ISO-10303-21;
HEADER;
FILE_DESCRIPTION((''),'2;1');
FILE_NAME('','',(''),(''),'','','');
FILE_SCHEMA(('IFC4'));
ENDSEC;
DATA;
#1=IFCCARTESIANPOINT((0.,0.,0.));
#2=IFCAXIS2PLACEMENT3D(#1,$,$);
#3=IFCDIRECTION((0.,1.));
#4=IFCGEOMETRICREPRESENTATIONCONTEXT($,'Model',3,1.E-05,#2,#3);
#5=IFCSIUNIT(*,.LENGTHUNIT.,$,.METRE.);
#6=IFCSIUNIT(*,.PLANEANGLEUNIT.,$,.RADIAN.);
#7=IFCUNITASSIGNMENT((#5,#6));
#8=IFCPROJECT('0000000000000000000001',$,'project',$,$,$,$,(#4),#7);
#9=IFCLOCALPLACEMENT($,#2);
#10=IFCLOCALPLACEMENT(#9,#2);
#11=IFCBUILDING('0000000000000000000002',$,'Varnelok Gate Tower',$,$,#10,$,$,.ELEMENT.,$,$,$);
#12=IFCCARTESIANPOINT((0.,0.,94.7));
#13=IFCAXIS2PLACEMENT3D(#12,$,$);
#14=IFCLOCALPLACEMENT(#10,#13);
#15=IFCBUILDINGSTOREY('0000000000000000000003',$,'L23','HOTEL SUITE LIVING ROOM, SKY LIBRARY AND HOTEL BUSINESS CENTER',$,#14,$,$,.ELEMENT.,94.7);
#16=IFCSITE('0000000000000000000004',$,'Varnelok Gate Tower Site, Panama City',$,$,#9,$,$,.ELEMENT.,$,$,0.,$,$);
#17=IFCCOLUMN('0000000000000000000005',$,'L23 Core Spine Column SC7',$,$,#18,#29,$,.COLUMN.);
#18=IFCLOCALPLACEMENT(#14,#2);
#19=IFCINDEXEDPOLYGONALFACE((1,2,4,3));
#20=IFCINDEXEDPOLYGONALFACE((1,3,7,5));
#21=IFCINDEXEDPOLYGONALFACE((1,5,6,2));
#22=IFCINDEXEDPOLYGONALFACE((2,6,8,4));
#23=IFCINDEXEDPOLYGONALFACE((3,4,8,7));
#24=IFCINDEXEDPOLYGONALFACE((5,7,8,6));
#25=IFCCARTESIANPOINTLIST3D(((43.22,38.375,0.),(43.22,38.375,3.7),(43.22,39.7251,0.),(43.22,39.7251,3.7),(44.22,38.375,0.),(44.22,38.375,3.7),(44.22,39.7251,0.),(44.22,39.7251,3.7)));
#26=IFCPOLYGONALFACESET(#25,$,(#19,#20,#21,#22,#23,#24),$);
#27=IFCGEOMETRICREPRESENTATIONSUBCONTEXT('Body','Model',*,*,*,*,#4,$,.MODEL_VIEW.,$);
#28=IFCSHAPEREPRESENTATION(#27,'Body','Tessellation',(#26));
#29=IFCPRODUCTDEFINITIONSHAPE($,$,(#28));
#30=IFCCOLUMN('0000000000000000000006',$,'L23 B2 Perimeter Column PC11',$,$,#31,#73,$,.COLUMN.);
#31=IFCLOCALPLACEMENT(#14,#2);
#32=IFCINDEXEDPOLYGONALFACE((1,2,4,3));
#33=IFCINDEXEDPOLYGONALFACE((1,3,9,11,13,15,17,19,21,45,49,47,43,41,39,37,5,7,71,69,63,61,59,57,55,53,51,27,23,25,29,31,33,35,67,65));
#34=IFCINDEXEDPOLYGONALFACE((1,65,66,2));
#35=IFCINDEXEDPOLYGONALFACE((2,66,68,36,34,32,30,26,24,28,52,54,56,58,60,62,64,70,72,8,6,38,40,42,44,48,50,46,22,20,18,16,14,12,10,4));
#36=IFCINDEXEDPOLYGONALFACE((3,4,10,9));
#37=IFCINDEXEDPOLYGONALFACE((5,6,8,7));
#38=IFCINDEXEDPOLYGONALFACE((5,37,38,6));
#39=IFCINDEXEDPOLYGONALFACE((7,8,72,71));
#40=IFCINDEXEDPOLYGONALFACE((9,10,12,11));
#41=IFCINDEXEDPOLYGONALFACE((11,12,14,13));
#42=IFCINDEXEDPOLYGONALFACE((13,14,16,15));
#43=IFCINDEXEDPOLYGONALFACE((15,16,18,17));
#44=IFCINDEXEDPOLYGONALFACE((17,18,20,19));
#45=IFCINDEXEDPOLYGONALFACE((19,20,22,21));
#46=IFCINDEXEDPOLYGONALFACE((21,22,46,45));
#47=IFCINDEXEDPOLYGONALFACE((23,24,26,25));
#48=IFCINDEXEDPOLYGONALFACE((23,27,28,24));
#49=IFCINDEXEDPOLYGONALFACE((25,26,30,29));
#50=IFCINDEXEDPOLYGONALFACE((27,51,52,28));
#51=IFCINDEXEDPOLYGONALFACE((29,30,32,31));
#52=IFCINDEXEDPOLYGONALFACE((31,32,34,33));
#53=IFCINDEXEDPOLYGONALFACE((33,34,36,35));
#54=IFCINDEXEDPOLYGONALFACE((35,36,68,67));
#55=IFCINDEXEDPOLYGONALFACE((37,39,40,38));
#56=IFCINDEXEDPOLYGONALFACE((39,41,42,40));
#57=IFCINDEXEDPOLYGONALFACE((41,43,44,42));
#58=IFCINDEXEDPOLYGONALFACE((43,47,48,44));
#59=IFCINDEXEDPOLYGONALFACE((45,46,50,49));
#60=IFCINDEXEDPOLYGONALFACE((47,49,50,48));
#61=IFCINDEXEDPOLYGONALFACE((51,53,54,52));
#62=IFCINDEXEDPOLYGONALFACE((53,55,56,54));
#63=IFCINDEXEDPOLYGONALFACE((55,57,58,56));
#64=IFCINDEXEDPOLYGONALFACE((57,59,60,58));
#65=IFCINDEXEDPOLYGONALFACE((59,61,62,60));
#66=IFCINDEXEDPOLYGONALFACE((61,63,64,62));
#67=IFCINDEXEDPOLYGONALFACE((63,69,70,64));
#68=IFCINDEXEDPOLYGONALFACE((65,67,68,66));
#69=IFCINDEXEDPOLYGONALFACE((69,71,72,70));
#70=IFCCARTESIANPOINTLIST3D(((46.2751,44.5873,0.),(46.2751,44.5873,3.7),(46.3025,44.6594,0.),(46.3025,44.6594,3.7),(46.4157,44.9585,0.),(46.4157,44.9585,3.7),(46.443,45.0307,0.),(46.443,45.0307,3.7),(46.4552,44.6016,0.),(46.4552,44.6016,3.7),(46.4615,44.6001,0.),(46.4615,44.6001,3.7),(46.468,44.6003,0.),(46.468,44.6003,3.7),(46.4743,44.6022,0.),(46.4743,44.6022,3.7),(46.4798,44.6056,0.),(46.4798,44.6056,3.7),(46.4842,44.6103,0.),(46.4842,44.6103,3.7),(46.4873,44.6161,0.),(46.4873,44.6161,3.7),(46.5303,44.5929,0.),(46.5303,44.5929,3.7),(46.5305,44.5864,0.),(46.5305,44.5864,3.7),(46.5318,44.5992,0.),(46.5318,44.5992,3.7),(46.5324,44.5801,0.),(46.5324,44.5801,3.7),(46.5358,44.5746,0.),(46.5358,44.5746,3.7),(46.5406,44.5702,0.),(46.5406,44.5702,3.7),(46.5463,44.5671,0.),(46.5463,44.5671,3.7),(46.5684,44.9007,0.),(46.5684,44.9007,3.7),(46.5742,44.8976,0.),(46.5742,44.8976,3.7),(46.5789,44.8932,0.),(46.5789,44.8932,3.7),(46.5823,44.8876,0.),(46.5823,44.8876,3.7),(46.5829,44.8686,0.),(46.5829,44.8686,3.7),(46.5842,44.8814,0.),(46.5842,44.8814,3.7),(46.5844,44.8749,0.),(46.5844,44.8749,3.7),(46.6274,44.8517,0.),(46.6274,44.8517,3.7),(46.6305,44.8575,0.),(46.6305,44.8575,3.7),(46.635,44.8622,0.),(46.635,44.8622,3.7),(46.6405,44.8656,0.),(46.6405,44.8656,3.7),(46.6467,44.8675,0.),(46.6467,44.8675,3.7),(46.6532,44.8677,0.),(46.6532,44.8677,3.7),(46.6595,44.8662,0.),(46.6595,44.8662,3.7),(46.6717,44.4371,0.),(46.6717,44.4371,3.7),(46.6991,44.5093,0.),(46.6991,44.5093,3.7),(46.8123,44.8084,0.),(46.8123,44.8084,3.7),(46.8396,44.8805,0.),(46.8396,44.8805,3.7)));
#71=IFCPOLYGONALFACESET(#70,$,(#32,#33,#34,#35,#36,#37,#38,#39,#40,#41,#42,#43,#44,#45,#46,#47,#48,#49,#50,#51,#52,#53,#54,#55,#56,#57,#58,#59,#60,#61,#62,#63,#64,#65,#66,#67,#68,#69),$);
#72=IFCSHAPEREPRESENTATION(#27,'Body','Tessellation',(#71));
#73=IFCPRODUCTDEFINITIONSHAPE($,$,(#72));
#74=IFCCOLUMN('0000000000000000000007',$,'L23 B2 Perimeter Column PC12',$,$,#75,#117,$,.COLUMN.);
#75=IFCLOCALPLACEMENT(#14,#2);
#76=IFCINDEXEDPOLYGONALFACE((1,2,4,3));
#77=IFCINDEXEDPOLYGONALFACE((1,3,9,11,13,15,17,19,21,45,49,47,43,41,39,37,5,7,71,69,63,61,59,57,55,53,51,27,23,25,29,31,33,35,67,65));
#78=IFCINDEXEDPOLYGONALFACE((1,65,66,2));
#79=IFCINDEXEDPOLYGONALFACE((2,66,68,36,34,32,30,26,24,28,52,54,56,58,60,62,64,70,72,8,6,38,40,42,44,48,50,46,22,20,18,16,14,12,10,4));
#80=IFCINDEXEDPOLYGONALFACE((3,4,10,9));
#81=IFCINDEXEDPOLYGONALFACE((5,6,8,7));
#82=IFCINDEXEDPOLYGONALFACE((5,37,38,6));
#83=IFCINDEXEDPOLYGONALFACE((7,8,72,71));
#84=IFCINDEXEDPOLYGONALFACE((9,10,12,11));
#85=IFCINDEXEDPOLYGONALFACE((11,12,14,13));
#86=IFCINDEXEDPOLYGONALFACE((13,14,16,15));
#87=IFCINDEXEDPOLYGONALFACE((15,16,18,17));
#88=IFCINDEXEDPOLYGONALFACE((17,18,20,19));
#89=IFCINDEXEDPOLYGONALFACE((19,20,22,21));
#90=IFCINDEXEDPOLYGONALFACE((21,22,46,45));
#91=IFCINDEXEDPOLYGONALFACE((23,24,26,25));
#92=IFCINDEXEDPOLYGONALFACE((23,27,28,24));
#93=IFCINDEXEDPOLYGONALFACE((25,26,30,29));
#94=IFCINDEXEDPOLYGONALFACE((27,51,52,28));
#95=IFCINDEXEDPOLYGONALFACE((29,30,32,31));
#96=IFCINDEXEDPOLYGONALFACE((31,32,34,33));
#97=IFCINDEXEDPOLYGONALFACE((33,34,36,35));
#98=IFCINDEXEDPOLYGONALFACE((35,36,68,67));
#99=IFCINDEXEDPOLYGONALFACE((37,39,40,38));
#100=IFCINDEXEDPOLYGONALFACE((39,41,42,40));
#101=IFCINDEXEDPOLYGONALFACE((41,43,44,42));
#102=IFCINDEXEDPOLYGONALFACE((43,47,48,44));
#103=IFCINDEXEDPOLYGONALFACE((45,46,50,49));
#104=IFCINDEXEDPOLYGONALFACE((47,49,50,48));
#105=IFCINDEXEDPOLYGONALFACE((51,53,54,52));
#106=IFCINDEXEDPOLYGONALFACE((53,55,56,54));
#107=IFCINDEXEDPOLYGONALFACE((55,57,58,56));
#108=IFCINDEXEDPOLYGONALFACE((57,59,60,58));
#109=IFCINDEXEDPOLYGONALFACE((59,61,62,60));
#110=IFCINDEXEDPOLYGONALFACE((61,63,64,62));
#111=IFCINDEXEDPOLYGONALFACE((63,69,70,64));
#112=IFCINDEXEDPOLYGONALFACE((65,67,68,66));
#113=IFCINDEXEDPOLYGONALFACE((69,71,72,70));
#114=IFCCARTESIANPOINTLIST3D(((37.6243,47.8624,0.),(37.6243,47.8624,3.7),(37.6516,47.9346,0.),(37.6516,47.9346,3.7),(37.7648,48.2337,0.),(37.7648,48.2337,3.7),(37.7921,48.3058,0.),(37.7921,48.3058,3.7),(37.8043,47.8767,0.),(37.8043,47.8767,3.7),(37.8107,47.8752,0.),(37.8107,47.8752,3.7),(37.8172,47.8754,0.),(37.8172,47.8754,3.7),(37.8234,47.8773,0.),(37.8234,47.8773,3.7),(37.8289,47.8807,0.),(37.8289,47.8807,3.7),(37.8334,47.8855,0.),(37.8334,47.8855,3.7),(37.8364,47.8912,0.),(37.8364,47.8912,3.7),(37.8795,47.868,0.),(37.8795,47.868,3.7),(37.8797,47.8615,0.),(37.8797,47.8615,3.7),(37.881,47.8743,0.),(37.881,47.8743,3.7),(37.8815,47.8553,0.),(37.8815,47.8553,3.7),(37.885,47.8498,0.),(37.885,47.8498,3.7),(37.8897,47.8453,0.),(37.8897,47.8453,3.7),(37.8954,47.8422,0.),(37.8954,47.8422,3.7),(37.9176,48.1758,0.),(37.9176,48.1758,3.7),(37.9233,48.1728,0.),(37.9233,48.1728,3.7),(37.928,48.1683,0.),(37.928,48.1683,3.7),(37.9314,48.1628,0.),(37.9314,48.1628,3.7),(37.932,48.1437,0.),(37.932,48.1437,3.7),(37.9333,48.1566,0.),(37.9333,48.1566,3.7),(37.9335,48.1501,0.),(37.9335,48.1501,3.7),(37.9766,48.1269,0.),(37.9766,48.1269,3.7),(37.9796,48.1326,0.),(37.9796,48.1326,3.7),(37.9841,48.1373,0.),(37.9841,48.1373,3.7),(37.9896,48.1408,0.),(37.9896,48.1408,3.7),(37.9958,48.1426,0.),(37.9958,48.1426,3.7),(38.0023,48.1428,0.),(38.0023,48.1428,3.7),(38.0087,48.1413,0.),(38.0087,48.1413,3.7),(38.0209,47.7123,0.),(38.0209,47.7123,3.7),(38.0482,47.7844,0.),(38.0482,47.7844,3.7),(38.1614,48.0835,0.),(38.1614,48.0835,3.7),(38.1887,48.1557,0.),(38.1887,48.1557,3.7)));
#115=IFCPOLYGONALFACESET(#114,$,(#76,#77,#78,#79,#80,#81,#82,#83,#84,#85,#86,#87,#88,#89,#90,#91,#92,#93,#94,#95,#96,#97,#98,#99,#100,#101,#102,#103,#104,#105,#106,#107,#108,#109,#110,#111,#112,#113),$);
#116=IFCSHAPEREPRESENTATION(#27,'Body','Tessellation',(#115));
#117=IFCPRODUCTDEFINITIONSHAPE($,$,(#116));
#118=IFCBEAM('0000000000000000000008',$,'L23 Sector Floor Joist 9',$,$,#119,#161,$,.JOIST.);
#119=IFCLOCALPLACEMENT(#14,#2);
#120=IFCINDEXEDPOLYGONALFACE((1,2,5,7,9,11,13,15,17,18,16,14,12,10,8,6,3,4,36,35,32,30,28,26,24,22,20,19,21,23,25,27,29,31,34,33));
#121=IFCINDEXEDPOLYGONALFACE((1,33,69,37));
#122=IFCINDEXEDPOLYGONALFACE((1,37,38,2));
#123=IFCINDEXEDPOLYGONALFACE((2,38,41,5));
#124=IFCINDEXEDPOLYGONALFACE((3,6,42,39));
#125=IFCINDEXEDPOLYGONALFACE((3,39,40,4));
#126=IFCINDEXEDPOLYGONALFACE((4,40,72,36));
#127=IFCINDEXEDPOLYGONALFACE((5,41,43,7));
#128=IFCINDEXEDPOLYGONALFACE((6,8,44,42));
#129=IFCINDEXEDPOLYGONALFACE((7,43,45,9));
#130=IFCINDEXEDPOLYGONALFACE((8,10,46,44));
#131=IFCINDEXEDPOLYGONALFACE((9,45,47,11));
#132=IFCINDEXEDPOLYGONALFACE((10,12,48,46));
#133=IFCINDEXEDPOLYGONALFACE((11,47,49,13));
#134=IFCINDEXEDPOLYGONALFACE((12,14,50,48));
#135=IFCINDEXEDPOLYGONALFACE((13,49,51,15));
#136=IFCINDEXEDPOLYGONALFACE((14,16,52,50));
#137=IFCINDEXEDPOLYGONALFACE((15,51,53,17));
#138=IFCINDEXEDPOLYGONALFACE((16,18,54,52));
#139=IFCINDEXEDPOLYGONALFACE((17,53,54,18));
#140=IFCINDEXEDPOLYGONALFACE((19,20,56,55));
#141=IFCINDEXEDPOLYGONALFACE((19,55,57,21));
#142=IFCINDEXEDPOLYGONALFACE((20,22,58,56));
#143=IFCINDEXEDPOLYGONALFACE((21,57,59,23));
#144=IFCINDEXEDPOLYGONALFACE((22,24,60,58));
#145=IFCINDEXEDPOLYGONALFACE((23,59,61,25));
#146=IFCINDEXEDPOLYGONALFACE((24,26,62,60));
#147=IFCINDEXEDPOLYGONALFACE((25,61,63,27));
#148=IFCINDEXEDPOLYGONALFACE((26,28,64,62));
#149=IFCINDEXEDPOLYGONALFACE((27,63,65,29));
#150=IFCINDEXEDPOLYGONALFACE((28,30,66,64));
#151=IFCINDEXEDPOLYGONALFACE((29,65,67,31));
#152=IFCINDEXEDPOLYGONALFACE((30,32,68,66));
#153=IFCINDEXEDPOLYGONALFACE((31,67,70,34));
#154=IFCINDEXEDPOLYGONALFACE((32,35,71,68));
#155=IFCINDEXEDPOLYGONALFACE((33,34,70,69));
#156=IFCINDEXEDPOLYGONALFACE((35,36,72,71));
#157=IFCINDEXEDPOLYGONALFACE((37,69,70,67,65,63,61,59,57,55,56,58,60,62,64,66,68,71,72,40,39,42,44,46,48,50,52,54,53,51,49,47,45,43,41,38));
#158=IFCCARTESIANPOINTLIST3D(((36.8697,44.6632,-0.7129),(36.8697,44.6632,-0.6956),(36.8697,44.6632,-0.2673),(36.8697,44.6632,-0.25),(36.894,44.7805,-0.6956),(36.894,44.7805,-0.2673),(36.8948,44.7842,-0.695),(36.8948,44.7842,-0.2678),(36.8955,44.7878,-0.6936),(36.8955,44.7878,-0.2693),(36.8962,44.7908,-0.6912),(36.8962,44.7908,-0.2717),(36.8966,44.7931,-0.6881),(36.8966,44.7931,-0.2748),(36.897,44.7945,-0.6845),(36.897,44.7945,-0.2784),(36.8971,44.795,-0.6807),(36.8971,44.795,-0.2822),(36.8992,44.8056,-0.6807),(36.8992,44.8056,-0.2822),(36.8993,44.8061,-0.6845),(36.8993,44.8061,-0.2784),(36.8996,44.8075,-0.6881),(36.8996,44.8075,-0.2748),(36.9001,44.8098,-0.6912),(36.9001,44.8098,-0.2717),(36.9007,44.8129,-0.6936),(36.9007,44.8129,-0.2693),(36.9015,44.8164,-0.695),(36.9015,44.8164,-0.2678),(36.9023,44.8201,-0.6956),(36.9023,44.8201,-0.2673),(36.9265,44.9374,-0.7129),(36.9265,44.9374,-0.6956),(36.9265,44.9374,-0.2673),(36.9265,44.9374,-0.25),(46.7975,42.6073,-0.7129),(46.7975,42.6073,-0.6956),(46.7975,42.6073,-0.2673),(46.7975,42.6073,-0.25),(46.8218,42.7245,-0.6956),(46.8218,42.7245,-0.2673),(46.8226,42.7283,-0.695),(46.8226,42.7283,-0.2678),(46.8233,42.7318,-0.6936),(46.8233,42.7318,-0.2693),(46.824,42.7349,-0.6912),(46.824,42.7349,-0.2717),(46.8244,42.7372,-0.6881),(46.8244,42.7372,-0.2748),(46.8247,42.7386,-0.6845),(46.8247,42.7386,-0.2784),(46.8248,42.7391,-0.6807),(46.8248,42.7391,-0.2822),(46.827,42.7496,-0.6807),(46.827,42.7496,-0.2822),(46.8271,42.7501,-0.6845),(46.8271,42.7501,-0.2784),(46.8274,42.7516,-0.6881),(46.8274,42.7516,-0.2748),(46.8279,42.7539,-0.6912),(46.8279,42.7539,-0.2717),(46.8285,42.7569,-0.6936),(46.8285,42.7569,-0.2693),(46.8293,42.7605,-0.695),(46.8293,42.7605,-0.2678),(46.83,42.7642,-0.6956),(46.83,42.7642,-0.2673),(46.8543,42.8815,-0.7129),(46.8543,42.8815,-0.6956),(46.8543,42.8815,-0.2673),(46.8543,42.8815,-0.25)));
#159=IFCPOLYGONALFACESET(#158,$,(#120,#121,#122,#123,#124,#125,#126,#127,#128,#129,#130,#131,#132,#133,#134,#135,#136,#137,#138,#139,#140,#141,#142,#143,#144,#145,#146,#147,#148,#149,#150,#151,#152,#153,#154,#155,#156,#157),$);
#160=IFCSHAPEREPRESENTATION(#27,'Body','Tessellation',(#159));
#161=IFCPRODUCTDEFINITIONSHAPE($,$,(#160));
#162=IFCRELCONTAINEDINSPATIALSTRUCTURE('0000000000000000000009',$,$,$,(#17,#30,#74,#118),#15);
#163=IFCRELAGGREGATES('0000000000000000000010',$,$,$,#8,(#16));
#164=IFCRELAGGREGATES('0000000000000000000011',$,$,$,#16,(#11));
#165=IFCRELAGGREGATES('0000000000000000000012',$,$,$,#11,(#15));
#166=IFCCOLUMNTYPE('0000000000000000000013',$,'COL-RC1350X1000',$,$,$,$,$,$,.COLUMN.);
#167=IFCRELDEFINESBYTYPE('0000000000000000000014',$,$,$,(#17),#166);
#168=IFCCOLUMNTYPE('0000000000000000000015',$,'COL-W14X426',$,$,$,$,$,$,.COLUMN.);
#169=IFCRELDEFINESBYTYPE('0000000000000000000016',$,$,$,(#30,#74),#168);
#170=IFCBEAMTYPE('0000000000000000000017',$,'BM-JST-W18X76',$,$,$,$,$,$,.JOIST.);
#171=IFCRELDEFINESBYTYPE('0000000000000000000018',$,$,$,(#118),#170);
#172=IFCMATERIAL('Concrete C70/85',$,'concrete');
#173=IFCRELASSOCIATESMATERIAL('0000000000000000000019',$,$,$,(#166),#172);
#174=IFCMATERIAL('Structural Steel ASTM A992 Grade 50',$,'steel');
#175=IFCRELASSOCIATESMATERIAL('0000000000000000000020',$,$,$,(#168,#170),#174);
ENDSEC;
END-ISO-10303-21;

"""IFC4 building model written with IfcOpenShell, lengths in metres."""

from ifc_helpers import new_model, si_unit, direction, frame, origin, origin_2d, place, context, subcontext, project, spatial, rectangle, i_section, extrude, material, material_profile, profile_set, type_object, element, save


model = new_model("IFC4")

# Units and contexts
model_context = context("Model", 3, precision=1e-05, world=origin(), true_north=direction((0.0, 1.0)))
body_context = subcontext(model_context, "Body", "Model", "MODEL_VIEW")
ifc_project = project(units=[si_unit("LENGTHUNIT", "METRE"), si_unit("PLANEANGLEUNIT", "RADIAN")], contexts=[model_context])

# Site, building, storey
site_placement = place(None, origin())
site = spatial("IfcSite", under=ifc_project, at=site_placement, Name="Varnelok Gate Tower Site, Panama City", CompositionType="ELEMENT", RefElevation=0.0)
building_placement = place(site_placement, origin())
building = spatial("IfcBuilding", under=site, at=building_placement, Name="Varnelok Gate Tower", CompositionType="ELEMENT")
storey_placement = place(building_placement, frame((0.0, 0.0, 94.7)))
storey = spatial("IfcBuildingStorey", under=building, at=storey_placement, Name="L23", Description="HOTEL SUITE LIVING ROOM, SKY LIBRARY AND HOTEL BUSINESS CENTER", CompositionType="ELEMENT", Elevation=94.7)

# Columns
ifc_material_1 = material(Name="Concrete C70/85", Category="concrete")
ifc_material_profile_1 = material_profile(ifc_material_1, rectangle(XDim=1.0, YDim=1.3501, at=origin_2d()), Name="RC1350X1000")
ifc_profile_set_1 = profile_set([ifc_material_profile_1], Name="Concrete C70/85")
column_type_1 = type_object("IfcColumnType", Name="COL-RC1350X1000", PredefinedType="COLUMN", material=ifc_profile_set_1)
column_placement = place(storey_placement, frame((43.72, 39.05, 0.0), z_axis=(0.0, 0.0, 1.0), x_axis=(1.0, 0.0, 0.0)))
element("IfcColumn", 1, at=column_placement, inside=storey, type_object=column_type_1, Name="L23 Core Spine Column SC7", PredefinedType="COLUMN", context=body_context, shape_type="SweptSolid", body=[
    extrude(rectangle(XDim=1.0, YDim=1.3501, at=origin_2d()), origin(), (0.0, 0.0, 1.0), 3.7),
])
ifc_material_2 = material(Name="Structural Steel ASTM A992 Grade 50", Category="steel")
ifc_material_profile_2 = material_profile(ifc_material_2, i_section(OverallWidth=0.4241, OverallDepth=0.4741, WebThickness=0.0476, FlangeThickness=0.0771, FilletRadius=0.0249, at=origin_2d()), Name="W14X426")
ifc_profile_set_2 = profile_set([ifc_material_profile_2], Name="Structural Steel ASTM A992 Grade 50")
column_type_2 = type_object("IfcColumnType", Name="COL-W14X426", PredefinedType="COLUMN", material=ifc_profile_set_2)
for number, where, z_axis, x_axis, name in (
    (2, (46.5574, 44.7339, 0.0), (0.0, 0.0, 1.0), (0.935222, -0.354063, 0.0), "L23 B2 Perimeter Column PC11"),
    (3, (37.9065, 48.009, 0.0), (0.0, 0.0, 1.0), (0.935222, -0.354063, 0.0), "L23 B2 Perimeter Column PC12"),
):
    element("IfcColumn", number, at=place(storey_placement, frame(where, z_axis=z_axis, x_axis=x_axis)), inside=storey, type_object=column_type_2, Name=name, PredefinedType="COLUMN", context=body_context, shape_type="SweptSolid", body=[
        extrude(i_section(OverallWidth=0.4241, OverallDepth=0.4741, WebThickness=0.0476, FlangeThickness=0.0771, FilletRadius=0.0249, at=origin_2d()), origin(), (0.0, 0.0, 1.0), 3.7),
    ])

# Beam
ifc_material_profile_3 = material_profile(ifc_material_2, i_section(OverallWidth=0.28, OverallDepth=0.4629, WebThickness=0.0107, FlangeThickness=0.0173, FilletRadius=0.0149, at=origin_2d()), Name="W18X76")
ifc_profile_set_3 = profile_set([ifc_material_profile_3], Name="Structural Steel ASTM A992 Grade 50")
beam_type_1 = type_object("IfcBeamType", Name="BM-JST-W18X76", PredefinedType="JOIST", material=ifc_profile_set_3)
beam_1_placement = place(storey_placement, frame((46.8259, 42.7444, -0.4814), z_axis=(-0.979223, 0.202785, 0.0), x_axis=(-0.202785, -0.979223, 0.0)))
element("IfcBeam", 4, at=beam_1_placement, inside=storey, type_object=beam_type_1, Name="L23 Sector Floor Joist 9", PredefinedType="JOIST", context=body_context, shape_type="SweptSolid", body=[
    extrude(i_section(OverallWidth=0.28, OverallDepth=0.4629, WebThickness=0.0107, FlangeThickness=0.0173, FilletRadius=0.0149, at=origin_2d()), origin(), (0.0, 0.0, 1.0), 10.1384),
])

save(model, "model.ifc")
